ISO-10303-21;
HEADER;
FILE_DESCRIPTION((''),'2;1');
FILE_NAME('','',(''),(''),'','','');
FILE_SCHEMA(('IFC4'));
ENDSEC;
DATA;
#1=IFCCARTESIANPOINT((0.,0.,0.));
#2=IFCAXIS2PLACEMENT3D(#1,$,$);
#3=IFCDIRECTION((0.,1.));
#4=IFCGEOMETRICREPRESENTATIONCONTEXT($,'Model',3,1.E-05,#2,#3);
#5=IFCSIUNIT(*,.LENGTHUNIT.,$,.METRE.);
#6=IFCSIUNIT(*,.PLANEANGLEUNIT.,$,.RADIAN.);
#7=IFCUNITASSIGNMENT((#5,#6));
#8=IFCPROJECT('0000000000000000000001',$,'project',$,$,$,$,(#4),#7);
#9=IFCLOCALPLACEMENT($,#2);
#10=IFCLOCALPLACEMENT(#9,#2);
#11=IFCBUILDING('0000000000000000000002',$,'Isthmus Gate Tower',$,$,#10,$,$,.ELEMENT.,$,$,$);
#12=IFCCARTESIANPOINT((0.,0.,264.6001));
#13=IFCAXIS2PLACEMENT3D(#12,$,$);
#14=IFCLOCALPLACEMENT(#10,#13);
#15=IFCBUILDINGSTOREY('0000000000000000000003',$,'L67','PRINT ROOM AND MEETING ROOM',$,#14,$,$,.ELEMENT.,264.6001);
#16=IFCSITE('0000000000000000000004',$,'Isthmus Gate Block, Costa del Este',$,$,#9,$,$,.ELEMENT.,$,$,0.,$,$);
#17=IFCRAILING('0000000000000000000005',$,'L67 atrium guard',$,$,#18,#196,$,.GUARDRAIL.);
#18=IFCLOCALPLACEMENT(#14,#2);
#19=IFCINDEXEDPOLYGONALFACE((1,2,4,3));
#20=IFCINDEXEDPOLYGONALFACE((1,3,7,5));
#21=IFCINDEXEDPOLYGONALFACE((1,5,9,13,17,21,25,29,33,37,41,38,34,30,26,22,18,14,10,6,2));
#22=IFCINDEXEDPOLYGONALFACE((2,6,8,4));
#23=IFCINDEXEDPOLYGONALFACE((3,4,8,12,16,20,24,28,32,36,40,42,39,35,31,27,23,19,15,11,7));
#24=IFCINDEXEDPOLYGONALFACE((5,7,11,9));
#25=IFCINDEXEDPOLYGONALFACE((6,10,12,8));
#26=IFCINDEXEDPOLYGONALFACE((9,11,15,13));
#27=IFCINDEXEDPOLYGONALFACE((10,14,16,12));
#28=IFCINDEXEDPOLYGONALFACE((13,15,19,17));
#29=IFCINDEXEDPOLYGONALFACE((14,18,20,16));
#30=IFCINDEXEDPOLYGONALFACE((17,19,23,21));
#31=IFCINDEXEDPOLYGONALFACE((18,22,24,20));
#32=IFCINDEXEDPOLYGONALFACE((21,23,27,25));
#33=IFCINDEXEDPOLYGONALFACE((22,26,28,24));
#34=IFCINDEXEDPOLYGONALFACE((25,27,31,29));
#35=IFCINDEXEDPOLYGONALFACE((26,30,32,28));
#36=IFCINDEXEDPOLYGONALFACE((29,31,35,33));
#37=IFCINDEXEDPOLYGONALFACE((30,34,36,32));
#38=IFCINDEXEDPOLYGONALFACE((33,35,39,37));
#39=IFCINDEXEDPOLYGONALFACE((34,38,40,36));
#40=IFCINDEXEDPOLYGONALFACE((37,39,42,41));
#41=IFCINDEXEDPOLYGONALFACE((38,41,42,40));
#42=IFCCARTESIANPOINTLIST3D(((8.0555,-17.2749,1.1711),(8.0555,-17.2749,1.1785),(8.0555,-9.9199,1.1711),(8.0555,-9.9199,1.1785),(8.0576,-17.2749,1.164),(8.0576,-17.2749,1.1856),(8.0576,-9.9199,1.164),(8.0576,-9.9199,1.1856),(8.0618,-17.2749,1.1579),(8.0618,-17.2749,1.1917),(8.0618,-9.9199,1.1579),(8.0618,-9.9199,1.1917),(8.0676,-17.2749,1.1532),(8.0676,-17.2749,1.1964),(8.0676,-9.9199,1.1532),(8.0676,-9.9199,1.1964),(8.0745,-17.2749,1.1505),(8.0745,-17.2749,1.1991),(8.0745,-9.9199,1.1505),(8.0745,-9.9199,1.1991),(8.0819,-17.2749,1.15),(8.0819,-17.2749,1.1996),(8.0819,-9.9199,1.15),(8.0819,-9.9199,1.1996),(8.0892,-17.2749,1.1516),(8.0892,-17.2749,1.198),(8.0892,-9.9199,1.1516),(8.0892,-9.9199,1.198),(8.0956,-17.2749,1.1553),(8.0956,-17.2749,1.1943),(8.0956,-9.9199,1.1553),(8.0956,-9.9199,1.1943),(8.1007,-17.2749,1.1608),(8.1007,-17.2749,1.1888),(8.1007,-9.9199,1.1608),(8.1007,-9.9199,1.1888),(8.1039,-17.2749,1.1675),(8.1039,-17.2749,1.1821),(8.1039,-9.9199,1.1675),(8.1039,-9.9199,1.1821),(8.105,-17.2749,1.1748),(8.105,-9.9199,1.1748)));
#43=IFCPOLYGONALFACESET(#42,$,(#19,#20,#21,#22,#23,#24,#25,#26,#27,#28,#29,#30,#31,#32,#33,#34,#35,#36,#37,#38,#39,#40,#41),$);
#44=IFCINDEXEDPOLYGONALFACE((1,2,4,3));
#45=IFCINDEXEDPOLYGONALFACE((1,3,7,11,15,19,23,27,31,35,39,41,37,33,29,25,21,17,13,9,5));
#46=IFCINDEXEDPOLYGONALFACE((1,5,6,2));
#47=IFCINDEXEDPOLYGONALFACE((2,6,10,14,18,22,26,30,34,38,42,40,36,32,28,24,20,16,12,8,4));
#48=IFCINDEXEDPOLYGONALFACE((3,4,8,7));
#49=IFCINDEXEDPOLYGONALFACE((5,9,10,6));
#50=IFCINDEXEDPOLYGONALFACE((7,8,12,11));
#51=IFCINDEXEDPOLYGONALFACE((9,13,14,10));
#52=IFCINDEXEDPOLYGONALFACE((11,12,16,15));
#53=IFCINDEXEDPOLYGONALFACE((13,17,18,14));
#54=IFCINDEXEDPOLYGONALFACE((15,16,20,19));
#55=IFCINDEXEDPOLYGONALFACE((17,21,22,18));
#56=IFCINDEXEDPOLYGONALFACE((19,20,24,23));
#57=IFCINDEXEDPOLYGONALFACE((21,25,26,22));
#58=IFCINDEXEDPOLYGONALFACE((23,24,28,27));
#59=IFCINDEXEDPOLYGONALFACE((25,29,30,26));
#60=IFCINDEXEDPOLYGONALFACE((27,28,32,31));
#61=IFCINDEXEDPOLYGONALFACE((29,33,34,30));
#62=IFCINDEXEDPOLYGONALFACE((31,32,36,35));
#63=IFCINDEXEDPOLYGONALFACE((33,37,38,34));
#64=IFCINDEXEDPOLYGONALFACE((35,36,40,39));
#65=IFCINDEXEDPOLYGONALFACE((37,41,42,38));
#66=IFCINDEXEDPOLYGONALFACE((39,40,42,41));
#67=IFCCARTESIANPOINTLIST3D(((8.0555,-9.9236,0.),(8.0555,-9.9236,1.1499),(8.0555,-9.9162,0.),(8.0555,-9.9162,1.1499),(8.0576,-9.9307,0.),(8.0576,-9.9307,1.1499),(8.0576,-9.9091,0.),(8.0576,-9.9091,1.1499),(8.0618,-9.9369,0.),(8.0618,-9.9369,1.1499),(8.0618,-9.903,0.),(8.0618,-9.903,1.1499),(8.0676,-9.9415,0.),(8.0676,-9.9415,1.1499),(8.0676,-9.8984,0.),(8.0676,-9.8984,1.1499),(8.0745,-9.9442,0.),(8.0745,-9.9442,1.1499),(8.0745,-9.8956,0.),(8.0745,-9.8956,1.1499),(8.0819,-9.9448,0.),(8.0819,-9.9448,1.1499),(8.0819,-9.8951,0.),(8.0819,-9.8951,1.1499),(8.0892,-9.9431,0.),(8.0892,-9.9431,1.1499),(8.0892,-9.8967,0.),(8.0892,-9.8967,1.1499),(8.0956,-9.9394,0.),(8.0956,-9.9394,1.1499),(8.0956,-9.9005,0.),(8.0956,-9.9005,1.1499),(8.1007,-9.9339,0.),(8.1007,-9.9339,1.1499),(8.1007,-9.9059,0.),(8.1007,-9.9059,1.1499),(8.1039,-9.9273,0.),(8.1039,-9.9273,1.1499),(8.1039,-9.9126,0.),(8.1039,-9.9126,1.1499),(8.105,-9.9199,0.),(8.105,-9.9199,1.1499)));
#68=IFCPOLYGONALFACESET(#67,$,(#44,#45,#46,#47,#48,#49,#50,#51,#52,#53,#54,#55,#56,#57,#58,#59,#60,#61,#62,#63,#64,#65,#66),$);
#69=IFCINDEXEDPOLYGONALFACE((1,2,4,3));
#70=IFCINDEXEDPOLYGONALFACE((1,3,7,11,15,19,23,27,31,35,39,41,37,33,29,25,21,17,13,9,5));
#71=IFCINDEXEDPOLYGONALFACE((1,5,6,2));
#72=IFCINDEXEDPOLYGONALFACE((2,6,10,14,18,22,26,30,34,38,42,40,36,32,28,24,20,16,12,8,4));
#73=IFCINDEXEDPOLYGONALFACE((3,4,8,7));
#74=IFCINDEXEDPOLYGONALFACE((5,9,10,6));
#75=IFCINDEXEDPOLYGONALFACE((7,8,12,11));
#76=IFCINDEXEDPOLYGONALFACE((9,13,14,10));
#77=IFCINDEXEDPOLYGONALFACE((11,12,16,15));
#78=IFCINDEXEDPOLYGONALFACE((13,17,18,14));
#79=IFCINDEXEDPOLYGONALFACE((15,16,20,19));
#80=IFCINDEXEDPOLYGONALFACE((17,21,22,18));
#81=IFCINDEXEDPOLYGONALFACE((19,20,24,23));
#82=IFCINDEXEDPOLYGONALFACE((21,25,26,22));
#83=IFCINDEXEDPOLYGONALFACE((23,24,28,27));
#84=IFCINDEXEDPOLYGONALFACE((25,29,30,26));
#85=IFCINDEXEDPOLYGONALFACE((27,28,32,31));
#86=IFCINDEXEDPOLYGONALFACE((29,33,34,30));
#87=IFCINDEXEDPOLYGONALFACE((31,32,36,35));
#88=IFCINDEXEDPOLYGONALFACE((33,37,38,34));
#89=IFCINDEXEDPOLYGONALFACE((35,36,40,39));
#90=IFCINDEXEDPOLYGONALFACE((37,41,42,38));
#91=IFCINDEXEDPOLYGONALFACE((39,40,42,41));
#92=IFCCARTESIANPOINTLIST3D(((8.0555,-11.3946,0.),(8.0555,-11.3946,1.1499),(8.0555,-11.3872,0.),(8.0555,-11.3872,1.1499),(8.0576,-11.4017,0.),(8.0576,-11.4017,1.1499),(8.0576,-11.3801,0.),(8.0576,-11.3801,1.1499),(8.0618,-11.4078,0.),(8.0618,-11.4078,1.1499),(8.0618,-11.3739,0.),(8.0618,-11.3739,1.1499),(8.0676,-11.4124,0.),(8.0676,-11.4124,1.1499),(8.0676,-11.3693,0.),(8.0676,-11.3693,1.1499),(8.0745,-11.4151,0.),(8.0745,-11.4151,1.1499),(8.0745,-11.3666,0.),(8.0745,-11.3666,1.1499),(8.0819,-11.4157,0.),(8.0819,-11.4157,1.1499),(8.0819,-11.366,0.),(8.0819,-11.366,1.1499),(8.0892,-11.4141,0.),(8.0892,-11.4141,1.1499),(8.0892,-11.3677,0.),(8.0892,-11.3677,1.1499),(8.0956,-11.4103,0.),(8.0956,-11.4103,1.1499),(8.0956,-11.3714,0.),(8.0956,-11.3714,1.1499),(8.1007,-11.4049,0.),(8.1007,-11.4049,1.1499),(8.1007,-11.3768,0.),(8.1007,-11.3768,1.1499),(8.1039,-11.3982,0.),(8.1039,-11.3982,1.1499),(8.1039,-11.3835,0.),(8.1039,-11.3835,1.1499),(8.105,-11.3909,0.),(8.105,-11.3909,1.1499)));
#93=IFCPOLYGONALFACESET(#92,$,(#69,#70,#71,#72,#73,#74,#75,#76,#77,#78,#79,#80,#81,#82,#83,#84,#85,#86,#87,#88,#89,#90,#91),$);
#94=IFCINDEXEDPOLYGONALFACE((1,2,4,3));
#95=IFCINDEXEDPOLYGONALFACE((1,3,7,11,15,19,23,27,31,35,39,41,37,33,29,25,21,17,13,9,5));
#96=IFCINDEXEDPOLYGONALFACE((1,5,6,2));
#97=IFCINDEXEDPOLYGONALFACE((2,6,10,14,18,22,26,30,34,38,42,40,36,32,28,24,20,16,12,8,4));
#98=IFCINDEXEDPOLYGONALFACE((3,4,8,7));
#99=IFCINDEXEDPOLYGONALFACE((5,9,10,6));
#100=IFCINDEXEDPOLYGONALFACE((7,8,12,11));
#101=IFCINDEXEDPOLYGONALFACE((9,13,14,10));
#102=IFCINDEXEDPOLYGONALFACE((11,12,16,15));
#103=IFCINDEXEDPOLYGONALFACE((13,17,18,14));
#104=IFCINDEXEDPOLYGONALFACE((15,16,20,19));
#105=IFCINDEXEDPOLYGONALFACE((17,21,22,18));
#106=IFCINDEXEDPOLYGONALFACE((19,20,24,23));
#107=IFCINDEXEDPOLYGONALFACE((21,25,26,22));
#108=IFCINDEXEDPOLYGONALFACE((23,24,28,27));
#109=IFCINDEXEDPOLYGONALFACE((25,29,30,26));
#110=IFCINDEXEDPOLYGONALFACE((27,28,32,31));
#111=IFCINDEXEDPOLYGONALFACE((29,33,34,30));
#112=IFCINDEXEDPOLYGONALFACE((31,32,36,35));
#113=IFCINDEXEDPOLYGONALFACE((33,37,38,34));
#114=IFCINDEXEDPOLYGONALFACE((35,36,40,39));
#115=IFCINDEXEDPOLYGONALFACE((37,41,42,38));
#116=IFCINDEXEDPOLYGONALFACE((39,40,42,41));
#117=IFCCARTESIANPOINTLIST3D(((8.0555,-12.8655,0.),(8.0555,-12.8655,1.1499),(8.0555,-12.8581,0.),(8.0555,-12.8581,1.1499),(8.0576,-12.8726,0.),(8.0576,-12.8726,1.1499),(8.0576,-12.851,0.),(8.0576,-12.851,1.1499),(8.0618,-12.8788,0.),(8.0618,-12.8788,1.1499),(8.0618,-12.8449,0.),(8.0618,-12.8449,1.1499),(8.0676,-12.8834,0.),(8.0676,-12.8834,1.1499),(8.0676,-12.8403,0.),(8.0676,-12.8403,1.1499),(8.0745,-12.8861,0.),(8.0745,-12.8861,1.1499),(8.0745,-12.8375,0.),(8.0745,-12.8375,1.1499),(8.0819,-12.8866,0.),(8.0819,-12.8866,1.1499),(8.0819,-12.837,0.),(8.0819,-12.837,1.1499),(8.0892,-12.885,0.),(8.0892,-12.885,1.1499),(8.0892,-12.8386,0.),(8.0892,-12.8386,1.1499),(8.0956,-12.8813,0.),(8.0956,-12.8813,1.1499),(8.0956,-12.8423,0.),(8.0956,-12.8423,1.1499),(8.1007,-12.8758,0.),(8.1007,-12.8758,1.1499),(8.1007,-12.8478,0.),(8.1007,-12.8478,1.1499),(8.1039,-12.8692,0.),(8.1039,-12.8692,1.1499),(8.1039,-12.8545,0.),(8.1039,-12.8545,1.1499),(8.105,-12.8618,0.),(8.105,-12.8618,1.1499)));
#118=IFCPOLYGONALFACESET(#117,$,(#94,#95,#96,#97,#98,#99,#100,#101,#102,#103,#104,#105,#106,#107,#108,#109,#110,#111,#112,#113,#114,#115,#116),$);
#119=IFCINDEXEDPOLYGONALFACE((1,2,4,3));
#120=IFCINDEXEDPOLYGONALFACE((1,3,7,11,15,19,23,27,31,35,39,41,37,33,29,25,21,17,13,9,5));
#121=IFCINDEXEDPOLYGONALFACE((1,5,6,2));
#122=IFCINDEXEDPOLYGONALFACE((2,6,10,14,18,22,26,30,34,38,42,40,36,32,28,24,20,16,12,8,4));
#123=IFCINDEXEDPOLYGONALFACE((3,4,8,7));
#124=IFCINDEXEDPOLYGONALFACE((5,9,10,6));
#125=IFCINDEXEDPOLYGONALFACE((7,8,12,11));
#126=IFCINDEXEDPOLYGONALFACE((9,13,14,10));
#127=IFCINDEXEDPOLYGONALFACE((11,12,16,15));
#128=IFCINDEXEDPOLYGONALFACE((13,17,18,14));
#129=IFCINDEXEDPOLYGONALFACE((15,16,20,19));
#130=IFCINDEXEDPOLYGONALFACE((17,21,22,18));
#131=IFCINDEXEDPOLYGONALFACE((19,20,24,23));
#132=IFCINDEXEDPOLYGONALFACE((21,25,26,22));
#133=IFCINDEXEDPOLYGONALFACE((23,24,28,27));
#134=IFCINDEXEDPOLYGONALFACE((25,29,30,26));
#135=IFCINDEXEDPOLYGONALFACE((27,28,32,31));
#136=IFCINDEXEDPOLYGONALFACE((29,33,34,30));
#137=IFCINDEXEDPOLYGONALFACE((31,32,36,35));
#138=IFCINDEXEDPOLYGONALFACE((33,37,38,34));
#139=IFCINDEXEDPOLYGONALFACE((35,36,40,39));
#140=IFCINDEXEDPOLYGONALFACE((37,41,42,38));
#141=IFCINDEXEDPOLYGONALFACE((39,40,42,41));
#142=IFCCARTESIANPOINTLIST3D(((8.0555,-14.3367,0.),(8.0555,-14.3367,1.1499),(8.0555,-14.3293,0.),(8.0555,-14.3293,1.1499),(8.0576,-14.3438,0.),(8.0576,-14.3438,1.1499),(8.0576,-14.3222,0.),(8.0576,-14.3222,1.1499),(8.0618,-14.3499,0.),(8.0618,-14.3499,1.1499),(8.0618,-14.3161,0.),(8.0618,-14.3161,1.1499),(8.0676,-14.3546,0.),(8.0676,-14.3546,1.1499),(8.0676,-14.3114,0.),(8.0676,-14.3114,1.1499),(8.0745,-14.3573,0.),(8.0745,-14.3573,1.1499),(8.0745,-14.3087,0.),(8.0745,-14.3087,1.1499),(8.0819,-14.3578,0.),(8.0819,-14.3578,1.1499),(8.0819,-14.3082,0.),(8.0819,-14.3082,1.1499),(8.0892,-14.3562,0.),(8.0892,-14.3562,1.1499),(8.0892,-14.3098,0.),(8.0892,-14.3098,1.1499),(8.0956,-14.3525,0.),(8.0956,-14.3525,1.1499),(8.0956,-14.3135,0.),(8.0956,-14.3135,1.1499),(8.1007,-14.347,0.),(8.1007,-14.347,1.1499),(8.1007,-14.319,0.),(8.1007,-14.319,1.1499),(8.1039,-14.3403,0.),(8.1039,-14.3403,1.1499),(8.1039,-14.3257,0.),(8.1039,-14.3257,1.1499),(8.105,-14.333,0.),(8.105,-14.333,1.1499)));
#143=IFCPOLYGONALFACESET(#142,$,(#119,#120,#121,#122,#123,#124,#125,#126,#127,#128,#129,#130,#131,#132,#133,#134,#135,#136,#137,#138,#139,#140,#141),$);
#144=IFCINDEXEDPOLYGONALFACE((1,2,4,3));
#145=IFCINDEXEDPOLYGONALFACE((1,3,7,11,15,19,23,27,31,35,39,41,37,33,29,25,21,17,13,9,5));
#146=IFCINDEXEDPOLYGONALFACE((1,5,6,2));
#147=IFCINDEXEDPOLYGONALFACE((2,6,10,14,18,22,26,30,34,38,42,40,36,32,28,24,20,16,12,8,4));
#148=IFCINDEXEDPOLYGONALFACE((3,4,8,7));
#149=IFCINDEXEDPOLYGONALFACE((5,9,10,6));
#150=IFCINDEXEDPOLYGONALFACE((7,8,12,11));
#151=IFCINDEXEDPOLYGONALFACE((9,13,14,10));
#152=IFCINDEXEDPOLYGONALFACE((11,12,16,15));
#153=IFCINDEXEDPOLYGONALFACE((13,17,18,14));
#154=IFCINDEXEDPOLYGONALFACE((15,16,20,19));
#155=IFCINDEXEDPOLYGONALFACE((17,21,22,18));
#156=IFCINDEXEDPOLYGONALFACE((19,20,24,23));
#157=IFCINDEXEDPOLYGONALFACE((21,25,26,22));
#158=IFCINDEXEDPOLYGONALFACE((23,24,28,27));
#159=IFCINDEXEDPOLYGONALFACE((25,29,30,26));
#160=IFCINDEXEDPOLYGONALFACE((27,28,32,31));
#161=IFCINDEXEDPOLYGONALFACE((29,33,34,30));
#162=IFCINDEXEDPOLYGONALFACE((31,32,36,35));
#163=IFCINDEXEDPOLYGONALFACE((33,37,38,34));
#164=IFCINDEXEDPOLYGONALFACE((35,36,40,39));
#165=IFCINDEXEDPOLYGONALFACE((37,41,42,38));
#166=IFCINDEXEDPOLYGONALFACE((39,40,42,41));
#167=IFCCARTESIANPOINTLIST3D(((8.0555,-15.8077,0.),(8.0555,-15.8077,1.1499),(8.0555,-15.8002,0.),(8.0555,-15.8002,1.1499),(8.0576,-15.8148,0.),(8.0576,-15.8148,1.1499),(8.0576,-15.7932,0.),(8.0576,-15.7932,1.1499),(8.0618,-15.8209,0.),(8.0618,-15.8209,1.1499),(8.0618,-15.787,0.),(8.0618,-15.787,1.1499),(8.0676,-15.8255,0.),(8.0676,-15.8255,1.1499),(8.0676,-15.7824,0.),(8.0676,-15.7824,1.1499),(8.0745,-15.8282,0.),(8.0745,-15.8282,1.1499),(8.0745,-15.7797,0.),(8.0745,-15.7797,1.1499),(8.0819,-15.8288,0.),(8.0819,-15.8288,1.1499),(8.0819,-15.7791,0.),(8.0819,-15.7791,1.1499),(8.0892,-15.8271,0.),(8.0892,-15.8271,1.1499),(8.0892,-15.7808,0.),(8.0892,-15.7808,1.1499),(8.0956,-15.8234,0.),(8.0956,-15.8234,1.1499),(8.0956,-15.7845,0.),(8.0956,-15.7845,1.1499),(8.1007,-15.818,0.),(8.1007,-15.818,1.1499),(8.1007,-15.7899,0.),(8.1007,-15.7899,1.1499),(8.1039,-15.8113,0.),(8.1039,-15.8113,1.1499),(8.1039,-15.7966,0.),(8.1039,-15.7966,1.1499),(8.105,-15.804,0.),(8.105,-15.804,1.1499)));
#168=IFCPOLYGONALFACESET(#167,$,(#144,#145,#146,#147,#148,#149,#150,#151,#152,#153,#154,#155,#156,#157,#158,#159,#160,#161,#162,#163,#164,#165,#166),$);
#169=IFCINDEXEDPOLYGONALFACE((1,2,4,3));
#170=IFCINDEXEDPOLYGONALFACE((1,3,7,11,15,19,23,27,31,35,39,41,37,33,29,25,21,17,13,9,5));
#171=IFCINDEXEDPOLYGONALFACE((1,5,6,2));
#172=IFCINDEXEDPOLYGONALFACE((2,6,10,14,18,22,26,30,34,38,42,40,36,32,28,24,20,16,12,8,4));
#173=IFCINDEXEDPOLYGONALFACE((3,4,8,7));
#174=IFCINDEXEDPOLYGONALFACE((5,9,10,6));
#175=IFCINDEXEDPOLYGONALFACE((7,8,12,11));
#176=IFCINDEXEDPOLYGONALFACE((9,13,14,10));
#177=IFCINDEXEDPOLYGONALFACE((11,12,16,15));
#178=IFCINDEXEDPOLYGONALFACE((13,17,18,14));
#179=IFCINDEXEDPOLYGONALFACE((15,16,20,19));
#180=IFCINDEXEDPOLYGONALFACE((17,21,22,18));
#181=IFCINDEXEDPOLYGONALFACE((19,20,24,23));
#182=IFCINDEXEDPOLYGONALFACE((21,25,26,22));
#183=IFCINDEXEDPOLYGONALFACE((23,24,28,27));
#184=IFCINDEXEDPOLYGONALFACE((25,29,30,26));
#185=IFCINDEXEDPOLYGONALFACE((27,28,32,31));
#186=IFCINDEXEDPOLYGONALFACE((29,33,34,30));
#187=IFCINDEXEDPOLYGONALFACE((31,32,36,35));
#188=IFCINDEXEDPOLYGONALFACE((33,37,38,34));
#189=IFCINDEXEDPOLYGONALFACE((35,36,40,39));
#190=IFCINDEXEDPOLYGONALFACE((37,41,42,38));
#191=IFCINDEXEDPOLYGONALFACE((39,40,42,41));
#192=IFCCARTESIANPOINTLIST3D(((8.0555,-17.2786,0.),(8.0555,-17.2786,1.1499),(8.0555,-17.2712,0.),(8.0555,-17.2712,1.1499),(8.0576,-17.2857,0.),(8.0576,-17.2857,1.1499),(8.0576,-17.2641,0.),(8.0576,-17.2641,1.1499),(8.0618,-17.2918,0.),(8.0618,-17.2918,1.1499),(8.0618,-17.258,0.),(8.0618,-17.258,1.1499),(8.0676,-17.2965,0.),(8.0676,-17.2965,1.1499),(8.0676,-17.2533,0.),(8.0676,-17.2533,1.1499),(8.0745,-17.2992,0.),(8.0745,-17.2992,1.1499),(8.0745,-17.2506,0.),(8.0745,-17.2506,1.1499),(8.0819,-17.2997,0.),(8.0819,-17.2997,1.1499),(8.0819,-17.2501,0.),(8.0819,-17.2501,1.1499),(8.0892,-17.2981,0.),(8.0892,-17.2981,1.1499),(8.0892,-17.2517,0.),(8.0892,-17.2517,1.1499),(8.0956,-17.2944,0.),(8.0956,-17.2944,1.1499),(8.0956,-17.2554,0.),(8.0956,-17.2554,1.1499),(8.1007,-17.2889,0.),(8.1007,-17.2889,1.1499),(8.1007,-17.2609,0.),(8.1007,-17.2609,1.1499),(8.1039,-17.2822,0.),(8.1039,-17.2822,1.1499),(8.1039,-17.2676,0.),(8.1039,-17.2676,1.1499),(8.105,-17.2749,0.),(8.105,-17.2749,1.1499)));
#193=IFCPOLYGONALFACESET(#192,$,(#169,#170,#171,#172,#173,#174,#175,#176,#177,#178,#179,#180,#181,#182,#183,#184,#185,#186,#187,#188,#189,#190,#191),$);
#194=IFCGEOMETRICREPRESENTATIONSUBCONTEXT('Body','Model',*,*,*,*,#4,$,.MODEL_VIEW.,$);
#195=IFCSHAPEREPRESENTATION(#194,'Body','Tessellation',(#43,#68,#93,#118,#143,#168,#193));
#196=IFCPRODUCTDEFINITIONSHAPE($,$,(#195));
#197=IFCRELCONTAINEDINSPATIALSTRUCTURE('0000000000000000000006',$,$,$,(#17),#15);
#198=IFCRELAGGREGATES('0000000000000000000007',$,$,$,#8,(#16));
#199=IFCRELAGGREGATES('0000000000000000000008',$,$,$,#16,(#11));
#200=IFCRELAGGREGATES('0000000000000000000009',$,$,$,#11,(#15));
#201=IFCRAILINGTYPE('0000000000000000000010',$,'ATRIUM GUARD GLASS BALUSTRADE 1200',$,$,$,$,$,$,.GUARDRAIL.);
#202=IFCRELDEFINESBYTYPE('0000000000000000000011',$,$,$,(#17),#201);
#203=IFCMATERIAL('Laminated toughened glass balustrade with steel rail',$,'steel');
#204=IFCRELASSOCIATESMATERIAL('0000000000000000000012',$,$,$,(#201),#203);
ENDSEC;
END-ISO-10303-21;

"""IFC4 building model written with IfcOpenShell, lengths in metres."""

from ifc_helpers import new_model, si_unit, direction, frame, origin, origin_2d, place, context, subcontext, project, spatial, circle, extrude, material, type_object, element, save


model = new_model("IFC4")

# Units and contexts
model_context = context("Model", 3, precision=1e-05, world=origin(), true_north=direction((0.0, 1.0)))
body_context = subcontext(model_context, "Body", "Model", "MODEL_VIEW")
ifc_project = project(units=[si_unit("LENGTHUNIT", "METRE"), si_unit("PLANEANGLEUNIT", "RADIAN")], contexts=[model_context])

# Site, building, storey
site_placement = place(None, origin())
site = spatial("IfcSite", under=ifc_project, at=site_placement, Name="Isthmus Gate Block, Costa del Este", CompositionType="ELEMENT", RefElevation=0.0)
building_placement = place(site_placement, origin())
building = spatial("IfcBuilding", under=site, at=building_placement, Name="Isthmus Gate Tower", CompositionType="ELEMENT")
storey_placement = place(building_placement, frame((0.0, 0.0, 264.6001)))
storey = spatial("IfcBuildingStorey", under=building, at=storey_placement, Name="L67", Description="PRINT ROOM AND MEETING ROOM", CompositionType="ELEMENT", Elevation=264.6001)

# Railing
ifc_material_1 = material(Name="Laminated toughened glass balustrade with steel rail", Category="steel")
railing_type_1 = type_object("IfcRailingType", Name="ATRIUM GUARD GLASS BALUSTRADE 1200", PredefinedType="GUARDRAIL", material=ifc_material_1)
railing_1_placement = place(storey_placement, frame((8.0801, -9.9199, 0.0)))
element("IfcRailing", 1, at=railing_1_placement, inside=storey, type_object=railing_type_1, Name="L67 atrium guard", PredefinedType="GUARDRAIL", context=body_context, shape_type="SweptSolid", body=[
    extrude(circle(Radius=0.0249, at=origin_2d()), frame((0.0, 0.0, 1.1748), z_axis=(0.0, -1.0, 0.0), x_axis=(1.0, 0.0, 0.0)), (0.0, 0.0, 1.0), 7.355),
    extrude(circle(Radius=0.0249, at=origin_2d()), origin(), (0.0, 0.0, 1.0), 1.1499),
    extrude(circle(Radius=0.0249, at=origin_2d()), frame((0.0, -1.4709, 0.0)), (0.0, 0.0, 1.0), 1.1499),
    extrude(circle(Radius=0.0249, at=origin_2d()), frame((0.0, -2.9419, 0.0)), (0.0, 0.0, 1.0), 1.1499),
    extrude(circle(Radius=0.0249, at=origin_2d()), frame((0.0, -4.4131, 0.0)), (0.0, 0.0, 1.0), 1.1499),
    extrude(circle(Radius=0.0249, at=origin_2d()), frame((0.0, -5.884, 0.0)), (0.0, 0.0, 1.0), 1.1499),
    extrude(circle(Radius=0.0249, at=origin_2d()), frame((0.0, -7.355, 0.0)), (0.0, 0.0, 1.0), 1.1499),
])

save(model, "model.ifc")
